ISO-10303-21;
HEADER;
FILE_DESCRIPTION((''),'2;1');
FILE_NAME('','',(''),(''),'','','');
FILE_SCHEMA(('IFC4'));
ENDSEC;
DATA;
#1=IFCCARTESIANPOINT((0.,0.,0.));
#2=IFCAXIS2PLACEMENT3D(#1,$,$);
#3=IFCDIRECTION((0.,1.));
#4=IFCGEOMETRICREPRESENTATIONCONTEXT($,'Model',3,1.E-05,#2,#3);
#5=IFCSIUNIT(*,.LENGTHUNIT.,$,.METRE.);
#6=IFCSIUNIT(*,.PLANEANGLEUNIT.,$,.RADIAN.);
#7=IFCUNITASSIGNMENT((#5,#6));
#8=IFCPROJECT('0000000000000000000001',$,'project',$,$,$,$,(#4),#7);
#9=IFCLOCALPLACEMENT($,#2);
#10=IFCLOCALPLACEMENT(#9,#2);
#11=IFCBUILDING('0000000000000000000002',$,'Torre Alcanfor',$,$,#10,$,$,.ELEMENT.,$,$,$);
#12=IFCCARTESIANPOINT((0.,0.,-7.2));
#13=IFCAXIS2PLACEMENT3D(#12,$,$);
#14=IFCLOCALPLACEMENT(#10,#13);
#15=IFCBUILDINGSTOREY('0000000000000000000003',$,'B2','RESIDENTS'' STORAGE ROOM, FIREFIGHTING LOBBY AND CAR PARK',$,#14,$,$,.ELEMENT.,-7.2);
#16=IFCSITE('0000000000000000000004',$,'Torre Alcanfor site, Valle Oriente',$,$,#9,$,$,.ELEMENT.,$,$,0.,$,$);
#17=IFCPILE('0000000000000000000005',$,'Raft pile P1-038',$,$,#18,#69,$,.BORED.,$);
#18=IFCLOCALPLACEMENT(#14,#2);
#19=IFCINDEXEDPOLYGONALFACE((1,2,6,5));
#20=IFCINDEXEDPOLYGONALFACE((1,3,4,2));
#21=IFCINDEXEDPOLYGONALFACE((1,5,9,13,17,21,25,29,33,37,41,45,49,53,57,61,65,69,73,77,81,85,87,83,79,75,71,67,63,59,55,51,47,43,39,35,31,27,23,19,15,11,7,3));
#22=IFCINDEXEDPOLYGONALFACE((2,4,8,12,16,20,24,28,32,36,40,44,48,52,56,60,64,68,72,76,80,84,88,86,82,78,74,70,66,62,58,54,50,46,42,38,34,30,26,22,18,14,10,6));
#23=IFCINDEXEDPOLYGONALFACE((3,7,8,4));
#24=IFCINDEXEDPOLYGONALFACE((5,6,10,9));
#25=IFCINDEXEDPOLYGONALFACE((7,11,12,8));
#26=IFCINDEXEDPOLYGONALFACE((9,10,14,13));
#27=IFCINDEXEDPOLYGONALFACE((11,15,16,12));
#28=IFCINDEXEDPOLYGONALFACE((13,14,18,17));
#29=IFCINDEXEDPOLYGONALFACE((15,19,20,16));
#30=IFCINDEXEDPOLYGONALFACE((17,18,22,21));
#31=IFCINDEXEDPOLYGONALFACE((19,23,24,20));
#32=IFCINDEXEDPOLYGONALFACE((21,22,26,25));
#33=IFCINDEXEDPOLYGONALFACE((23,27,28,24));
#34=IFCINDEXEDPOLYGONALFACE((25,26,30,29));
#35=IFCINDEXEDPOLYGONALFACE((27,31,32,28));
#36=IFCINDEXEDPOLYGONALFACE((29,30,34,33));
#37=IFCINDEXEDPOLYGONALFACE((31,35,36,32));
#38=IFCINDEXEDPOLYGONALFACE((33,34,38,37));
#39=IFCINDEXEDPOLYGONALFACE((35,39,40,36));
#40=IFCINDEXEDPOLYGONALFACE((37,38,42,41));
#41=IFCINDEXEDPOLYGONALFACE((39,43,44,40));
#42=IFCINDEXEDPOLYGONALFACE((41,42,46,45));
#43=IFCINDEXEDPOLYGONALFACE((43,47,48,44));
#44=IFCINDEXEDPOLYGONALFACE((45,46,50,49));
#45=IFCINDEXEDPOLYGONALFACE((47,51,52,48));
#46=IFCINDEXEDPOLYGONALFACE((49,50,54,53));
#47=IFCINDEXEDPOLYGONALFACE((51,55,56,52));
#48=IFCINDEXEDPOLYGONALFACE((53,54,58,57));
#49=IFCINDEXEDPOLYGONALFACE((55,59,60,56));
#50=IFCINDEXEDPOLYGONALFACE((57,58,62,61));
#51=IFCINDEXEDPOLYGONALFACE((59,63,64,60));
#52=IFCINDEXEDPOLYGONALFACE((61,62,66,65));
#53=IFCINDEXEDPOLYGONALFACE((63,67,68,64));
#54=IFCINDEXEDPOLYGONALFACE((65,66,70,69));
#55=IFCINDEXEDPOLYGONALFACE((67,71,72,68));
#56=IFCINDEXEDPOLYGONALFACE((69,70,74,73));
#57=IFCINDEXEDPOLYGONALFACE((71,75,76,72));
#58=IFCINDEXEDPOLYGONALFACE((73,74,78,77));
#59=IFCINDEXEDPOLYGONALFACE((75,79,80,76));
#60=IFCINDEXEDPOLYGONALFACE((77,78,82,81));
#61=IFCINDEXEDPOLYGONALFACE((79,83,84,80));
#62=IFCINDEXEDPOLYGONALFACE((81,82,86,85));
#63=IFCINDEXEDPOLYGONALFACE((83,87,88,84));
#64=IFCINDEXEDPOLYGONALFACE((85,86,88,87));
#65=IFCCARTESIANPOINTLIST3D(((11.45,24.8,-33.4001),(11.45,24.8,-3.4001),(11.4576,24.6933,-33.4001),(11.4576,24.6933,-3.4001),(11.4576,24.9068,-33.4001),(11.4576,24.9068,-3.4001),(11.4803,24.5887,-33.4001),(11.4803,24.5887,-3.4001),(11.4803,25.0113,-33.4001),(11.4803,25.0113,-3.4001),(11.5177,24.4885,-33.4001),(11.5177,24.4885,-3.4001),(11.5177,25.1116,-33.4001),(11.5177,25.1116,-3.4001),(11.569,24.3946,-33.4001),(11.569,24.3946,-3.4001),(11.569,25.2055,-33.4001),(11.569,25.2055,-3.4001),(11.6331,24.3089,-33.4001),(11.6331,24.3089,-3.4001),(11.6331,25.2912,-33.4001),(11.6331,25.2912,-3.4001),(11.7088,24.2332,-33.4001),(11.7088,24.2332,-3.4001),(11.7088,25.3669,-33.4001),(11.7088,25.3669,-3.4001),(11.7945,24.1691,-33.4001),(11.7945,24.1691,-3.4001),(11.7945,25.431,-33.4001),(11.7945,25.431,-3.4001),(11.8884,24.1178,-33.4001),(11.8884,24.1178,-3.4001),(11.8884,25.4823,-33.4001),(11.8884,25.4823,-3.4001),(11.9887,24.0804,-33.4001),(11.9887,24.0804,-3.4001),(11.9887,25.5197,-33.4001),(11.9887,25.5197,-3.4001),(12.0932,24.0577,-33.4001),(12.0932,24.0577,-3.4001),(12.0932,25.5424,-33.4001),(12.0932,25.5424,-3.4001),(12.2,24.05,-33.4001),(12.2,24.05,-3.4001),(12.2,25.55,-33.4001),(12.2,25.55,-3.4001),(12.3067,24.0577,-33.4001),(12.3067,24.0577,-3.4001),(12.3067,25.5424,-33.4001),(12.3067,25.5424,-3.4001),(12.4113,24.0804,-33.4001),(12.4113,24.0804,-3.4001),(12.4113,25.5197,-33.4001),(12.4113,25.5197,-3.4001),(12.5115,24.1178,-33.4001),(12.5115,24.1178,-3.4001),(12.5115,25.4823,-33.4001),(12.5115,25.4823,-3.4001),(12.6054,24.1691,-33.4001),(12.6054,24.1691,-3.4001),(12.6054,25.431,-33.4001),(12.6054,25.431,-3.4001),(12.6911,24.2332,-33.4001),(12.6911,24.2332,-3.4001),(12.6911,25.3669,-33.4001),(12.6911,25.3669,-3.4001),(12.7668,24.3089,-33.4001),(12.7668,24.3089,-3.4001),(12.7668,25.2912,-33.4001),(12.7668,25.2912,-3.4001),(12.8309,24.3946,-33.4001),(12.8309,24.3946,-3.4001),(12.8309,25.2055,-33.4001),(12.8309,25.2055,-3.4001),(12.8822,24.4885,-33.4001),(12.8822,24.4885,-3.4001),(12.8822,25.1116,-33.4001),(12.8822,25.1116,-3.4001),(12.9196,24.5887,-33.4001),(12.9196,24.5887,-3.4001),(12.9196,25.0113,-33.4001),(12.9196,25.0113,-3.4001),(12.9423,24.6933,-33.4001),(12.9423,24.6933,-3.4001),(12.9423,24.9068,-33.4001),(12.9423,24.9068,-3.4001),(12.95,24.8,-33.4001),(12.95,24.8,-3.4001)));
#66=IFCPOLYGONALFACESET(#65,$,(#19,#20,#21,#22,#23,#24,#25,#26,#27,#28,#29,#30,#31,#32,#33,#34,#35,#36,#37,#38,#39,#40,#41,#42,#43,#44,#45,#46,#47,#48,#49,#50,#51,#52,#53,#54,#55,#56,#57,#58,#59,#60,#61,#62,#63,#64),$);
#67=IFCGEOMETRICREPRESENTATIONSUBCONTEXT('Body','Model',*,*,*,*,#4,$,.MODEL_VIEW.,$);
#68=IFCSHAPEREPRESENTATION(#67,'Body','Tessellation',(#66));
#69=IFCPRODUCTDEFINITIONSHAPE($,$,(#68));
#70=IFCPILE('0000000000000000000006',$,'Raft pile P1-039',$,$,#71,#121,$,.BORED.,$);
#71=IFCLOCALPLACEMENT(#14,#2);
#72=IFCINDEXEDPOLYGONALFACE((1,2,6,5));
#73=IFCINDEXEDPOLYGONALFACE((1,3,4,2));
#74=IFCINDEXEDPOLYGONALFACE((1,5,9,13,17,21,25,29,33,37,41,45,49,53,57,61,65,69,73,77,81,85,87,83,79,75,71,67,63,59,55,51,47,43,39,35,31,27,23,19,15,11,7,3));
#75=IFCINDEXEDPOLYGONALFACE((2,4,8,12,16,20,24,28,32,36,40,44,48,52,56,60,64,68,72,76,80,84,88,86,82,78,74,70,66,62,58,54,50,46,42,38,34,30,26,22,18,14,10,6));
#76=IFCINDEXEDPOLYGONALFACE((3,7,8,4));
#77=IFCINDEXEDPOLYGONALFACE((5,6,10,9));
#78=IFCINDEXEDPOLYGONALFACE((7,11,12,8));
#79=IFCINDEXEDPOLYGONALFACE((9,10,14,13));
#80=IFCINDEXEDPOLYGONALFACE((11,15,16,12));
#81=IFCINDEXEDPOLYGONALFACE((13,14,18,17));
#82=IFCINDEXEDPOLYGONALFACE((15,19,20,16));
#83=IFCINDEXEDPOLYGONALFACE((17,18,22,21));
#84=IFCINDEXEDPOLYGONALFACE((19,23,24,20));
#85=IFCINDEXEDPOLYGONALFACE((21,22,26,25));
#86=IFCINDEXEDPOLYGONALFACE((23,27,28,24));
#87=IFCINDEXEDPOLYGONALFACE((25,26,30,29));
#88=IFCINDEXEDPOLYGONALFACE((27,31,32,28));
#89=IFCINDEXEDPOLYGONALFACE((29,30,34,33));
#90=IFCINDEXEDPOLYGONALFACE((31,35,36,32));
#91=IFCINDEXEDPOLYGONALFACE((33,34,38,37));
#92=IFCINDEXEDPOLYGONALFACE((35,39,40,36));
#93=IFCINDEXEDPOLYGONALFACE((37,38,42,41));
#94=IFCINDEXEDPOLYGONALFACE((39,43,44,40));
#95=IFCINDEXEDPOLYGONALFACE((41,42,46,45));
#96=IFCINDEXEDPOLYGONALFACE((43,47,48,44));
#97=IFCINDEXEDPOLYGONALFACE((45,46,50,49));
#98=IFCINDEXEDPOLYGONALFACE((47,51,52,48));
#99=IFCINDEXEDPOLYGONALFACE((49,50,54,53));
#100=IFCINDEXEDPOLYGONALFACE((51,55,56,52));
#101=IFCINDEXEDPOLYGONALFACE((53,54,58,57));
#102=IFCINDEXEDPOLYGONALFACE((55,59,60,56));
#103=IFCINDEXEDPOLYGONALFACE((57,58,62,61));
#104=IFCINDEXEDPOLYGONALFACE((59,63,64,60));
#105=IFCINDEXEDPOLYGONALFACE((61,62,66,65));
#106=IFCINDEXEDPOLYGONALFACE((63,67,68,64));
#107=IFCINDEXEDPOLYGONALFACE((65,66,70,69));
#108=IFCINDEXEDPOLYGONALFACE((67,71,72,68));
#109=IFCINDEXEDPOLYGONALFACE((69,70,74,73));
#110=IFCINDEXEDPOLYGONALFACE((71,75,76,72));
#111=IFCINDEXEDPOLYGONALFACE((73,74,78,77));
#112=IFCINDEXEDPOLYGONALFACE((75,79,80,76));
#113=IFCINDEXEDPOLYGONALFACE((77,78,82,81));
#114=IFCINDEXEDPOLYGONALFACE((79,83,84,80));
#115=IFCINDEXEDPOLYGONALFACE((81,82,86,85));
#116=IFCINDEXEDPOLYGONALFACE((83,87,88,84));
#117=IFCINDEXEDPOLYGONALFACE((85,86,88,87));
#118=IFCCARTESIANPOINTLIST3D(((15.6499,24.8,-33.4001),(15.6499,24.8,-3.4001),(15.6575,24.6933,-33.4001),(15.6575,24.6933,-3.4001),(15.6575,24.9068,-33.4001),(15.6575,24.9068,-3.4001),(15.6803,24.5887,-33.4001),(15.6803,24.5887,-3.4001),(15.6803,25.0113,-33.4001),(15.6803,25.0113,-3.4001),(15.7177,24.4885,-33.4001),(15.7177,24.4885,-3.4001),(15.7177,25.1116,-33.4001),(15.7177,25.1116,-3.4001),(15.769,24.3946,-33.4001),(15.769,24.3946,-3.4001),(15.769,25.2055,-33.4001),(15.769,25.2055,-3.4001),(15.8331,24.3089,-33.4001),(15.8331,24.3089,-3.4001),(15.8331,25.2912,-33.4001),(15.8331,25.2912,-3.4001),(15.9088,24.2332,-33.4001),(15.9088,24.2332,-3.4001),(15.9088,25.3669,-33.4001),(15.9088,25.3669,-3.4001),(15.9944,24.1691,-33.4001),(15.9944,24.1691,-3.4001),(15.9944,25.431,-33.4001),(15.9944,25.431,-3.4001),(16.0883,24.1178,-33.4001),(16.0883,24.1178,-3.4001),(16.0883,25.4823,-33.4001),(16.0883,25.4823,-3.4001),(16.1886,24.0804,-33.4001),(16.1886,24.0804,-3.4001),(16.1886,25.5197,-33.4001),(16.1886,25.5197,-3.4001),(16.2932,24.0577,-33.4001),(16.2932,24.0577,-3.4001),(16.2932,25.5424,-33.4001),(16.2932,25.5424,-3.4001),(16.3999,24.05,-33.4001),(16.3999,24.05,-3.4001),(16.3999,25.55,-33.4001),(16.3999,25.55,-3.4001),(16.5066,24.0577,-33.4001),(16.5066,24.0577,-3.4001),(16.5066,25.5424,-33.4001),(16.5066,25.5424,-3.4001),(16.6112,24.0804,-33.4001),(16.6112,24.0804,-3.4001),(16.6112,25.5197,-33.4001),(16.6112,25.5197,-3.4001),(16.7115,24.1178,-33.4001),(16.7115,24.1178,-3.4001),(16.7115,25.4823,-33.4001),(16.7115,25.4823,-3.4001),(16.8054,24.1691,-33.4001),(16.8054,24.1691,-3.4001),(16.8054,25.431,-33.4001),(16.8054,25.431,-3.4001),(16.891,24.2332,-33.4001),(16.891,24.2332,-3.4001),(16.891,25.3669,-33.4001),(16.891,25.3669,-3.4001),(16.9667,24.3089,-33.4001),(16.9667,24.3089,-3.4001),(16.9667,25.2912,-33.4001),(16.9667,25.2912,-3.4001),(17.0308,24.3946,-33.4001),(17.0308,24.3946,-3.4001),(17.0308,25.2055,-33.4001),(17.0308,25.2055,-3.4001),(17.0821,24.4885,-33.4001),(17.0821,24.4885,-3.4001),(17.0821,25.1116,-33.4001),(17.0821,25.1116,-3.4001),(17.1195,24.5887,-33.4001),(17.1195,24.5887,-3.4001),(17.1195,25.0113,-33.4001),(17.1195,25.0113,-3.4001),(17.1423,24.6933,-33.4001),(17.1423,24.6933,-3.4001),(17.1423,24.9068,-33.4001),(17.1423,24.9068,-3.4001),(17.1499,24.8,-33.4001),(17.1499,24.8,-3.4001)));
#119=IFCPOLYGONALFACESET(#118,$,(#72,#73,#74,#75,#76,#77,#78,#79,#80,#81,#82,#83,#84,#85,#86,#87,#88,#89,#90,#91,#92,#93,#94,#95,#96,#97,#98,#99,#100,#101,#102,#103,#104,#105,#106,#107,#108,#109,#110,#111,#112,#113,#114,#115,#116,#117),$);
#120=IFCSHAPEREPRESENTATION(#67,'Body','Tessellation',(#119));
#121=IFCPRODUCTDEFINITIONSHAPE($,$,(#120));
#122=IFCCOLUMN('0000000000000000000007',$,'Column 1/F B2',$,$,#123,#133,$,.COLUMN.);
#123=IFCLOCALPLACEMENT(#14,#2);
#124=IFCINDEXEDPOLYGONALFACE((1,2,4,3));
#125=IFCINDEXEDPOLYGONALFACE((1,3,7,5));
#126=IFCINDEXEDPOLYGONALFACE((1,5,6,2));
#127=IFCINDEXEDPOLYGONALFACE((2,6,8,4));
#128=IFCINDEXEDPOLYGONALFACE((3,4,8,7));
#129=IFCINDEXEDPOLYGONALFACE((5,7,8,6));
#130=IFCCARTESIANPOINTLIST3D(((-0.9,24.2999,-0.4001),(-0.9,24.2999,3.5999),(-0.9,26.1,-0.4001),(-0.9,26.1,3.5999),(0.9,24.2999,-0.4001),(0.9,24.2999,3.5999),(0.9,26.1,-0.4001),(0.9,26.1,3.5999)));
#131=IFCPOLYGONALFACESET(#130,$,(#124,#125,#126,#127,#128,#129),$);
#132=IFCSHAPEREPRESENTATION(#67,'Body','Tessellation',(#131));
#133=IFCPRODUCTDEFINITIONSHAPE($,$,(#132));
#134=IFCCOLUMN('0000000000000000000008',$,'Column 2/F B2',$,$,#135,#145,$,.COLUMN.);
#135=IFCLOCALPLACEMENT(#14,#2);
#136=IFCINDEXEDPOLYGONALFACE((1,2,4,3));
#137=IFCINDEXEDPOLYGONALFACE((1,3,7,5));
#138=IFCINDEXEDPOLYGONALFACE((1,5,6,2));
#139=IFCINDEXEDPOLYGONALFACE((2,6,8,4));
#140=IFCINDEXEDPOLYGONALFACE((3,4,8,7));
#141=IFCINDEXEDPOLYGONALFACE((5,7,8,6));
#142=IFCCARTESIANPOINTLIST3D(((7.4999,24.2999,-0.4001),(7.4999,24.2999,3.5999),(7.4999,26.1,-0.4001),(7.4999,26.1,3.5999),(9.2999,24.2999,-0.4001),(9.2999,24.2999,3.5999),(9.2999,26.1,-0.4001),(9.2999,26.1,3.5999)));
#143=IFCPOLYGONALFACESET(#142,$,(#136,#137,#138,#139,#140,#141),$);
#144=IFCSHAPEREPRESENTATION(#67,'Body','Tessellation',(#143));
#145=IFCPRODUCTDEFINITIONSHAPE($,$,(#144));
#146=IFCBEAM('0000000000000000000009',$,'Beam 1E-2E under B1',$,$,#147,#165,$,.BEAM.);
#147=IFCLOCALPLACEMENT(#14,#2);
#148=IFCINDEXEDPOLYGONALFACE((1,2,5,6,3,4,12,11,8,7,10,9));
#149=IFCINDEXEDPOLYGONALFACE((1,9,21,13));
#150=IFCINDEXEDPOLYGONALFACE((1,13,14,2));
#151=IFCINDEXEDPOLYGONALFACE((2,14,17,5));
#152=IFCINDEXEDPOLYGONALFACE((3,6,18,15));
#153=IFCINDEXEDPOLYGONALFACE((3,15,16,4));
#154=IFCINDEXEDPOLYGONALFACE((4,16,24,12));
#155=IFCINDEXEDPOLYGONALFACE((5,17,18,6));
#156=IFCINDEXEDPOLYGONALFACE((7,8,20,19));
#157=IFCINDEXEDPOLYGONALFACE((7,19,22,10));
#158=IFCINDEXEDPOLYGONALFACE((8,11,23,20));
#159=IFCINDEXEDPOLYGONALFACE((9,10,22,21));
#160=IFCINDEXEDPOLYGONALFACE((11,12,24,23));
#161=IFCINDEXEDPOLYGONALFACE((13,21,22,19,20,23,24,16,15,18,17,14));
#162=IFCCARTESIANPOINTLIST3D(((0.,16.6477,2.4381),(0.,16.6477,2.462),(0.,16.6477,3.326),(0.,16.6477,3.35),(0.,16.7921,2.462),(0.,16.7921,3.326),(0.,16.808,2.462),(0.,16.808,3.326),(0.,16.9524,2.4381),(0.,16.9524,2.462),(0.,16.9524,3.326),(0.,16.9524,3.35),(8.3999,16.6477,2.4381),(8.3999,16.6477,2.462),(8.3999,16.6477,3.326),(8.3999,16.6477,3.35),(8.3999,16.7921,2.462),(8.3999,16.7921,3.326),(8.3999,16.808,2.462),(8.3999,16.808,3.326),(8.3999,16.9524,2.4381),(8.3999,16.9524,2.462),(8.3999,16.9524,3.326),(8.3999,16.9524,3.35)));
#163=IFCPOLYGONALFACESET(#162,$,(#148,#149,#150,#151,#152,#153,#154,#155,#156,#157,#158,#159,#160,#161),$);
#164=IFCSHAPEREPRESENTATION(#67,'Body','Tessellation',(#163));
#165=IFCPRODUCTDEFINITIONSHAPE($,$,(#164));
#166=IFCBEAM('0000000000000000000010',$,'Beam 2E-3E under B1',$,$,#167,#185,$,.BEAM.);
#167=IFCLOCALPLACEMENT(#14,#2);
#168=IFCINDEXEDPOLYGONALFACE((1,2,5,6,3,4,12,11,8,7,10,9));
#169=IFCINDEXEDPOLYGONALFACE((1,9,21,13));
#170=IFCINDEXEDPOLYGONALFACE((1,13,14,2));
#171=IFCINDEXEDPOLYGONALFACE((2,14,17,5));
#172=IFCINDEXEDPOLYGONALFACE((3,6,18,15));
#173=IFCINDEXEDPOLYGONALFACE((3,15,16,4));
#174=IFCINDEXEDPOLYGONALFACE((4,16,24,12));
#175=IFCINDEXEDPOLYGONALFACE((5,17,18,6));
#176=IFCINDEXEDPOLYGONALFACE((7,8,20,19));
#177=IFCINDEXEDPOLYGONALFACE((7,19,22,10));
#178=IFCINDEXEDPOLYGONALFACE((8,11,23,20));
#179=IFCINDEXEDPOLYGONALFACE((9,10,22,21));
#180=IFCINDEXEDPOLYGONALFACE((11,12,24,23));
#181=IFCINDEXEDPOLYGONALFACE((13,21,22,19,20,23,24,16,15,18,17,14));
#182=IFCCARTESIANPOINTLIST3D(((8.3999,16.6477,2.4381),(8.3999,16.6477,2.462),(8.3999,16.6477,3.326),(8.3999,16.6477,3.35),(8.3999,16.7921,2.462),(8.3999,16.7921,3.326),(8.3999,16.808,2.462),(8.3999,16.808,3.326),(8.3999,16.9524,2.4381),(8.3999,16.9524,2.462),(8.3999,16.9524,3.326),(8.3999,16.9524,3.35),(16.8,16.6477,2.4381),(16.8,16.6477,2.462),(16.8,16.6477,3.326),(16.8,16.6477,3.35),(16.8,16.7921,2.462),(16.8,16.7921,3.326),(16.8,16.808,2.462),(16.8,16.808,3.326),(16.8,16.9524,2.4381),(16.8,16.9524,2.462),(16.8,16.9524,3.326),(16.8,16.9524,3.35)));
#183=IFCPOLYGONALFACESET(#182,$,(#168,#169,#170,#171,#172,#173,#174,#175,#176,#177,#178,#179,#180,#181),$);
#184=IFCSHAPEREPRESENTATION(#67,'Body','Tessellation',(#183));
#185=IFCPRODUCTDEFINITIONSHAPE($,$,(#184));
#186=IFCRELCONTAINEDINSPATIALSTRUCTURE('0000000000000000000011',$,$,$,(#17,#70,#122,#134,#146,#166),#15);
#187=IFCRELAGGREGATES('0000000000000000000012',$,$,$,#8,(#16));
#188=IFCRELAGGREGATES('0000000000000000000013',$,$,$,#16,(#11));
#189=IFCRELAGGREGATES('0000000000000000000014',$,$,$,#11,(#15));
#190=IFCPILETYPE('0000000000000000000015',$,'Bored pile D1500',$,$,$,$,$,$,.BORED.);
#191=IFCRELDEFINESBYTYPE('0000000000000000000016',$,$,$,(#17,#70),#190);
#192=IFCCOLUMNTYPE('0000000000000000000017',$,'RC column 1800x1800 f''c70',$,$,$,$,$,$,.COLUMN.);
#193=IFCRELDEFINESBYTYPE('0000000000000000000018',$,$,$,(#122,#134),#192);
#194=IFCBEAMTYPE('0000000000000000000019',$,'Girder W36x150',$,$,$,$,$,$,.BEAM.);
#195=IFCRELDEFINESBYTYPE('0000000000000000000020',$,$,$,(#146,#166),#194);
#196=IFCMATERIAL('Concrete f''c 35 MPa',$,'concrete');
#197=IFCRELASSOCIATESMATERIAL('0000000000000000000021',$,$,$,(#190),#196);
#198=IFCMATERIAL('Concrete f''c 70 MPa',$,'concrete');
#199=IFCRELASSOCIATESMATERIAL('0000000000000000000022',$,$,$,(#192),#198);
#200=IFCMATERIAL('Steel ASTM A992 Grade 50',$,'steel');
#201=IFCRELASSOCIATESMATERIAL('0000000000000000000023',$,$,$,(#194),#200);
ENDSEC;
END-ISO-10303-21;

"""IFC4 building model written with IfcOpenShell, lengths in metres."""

from ifc_helpers import new_model, si_unit, direction, frame, origin, origin_2d, place, context, subcontext, project, spatial, rectangle, circle, i_section, extrude, material, material_profile, profile_set, type_object, element, save


model = new_model("IFC4")

# Units and contexts
model_context = context("Model", 3, precision=1e-05, world=origin(), true_north=direction((0.0, 1.0)))
body_context = subcontext(model_context, "Body", "Model", "MODEL_VIEW")
ifc_project = project(units=[si_unit("LENGTHUNIT", "METRE"), si_unit("PLANEANGLEUNIT", "RADIAN")], contexts=[model_context])

# Site, building, storey
site_placement = place(None, origin())
site = spatial("IfcSite", under=ifc_project, at=site_placement, Name="Torre Alcanfor site, Valle Oriente", CompositionType="ELEMENT", RefElevation=0.0)
building_placement = place(site_placement, origin())
building = spatial("IfcBuilding", under=site, at=building_placement, Name="Torre Alcanfor", CompositionType="ELEMENT")
storey_placement = place(building_placement, frame((0.0, 0.0, -7.2)))
storey = spatial("IfcBuildingStorey", under=building, at=storey_placement, Name="B2", Description="RESIDENTS' STORAGE ROOM, FIREFIGHTING LOBBY AND CAR PARK", CompositionType="ELEMENT", Elevation=-7.2)

# Piles
ifc_material_1 = material(Name="Concrete f'c 35 MPa", Category="concrete")
ifc_material_profile_1 = material_profile(ifc_material_1, circle(Radius=0.75, at=origin_2d()), Name="D1500")
ifc_profile_set_1 = profile_set([ifc_material_profile_1], Name="Concrete f'c 35 MPa")
pile_type = type_object("IfcPileType", Name="Bored pile D1500", PredefinedType="BORED", material=ifc_profile_set_1)
for number, where, z_axis, x_axis, name in (
    (1, (12.2, 24.8, -3.4001), (0.0, 0.0, -1.0), (1.0, 0.0, 0.0), "Raft pile P1-038"),
    (2, (16.3999, 24.8, -3.4001), (0.0, 0.0, -1.0), (1.0, 0.0, 0.0), "Raft pile P1-039"),
):
    element("IfcPile", number, at=place(storey_placement, frame(where, z_axis=z_axis, x_axis=x_axis)), inside=storey, type_object=pile_type, Name=name, PredefinedType="BORED", context=body_context, shape_type="SweptSolid", body=[
        extrude(circle(Radius=0.75, at=origin_2d()), origin(), (0.0, 0.0, 1.0), 30.0),
    ])

# Columns
ifc_material_2 = material(Name="Concrete f'c 70 MPa", Category="concrete")
ifc_material_profile_2 = material_profile(ifc_material_2, rectangle(XDim=1.8, YDim=1.8, at=origin_2d()), Name="1800x1800")
ifc_profile_set_2 = profile_set([ifc_material_profile_2], Name="Concrete f'c 70 MPa")
column_type = type_object("IfcColumnType", Name="RC column 1800x1800 f'c70", PredefinedType="COLUMN", material=ifc_profile_set_2)
for number, where, z_axis, x_axis, name in (
    (3, (0.0, 25.2, -0.4001), (0.0, 0.0, 1.0), (1.0, 0.0, 0.0), "Column 1/F B2"),
    (4, (8.3999, 25.2, -0.4001), (0.0, 0.0, 1.0), (1.0, 0.0, 0.0), "Column 2/F B2"),
):
    element("IfcColumn", number, at=place(storey_placement, frame(where, z_axis=z_axis, x_axis=x_axis)), inside=storey, type_object=column_type, Name=name, PredefinedType="COLUMN", context=body_context, shape_type="SweptSolid", body=[
        extrude(rectangle(XDim=1.8, YDim=1.8, at=origin_2d()), origin(), (0.0, 0.0, 1.0), 4.0),
    ])

# Beams
ifc_material_3 = material(Name="Steel ASTM A992 Grade 50", Category="steel")
ifc_material_profile_3 = material_profile(ifc_material_3, i_section(OverallWidth=0.3047, OverallDepth=0.9119, WebThickness=0.0159, FlangeThickness=0.0239, at=origin_2d()), Name="W36x150")
ifc_profile_set_3 = profile_set([ifc_material_profile_3], Name="Steel ASTM A992 Grade 50")
beam_type_1 = type_object("IfcBeamType", Name="Girder W36x150", PredefinedType="BEAM", material=ifc_profile_set_3)
beam_1_placement = place(storey_placement, frame((0.0, 16.8, 2.894), z_axis=(1.0, 0.0, 0.0), x_axis=(0.0, 1.0, 0.0)))
element("IfcBeam", 5, at=beam_1_placement, inside=storey, type_object=beam_type_1, Name="Beam 1E-2E under B1", PredefinedType="BEAM", context=body_context, shape_type="SweptSolid", body=[
    extrude(i_section(OverallWidth=0.3047, OverallDepth=0.9119, WebThickness=0.0159, FlangeThickness=0.0239, at=origin_2d()), origin(), (0.0, 0.0, 1.0), 8.3999),
])
beam_2_placement = place(storey_placement, frame((8.3999, 16.8, 2.894), z_axis=(1.0, 0.0, 0.0), x_axis=(0.0, 1.0, 0.0)))
element("IfcBeam", 6, at=beam_2_placement, inside=storey, type_object=beam_type_1, Name="Beam 2E-3E under B1", PredefinedType="BEAM", context=body_context, shape_type="SweptSolid", body=[
    extrude(i_section(OverallWidth=0.3047, OverallDepth=0.9119, WebThickness=0.0159, FlangeThickness=0.0239, at=origin_2d()), origin(), (0.0, 0.0, 1.0), 8.4001),
])

save(model, "model.ifc")
